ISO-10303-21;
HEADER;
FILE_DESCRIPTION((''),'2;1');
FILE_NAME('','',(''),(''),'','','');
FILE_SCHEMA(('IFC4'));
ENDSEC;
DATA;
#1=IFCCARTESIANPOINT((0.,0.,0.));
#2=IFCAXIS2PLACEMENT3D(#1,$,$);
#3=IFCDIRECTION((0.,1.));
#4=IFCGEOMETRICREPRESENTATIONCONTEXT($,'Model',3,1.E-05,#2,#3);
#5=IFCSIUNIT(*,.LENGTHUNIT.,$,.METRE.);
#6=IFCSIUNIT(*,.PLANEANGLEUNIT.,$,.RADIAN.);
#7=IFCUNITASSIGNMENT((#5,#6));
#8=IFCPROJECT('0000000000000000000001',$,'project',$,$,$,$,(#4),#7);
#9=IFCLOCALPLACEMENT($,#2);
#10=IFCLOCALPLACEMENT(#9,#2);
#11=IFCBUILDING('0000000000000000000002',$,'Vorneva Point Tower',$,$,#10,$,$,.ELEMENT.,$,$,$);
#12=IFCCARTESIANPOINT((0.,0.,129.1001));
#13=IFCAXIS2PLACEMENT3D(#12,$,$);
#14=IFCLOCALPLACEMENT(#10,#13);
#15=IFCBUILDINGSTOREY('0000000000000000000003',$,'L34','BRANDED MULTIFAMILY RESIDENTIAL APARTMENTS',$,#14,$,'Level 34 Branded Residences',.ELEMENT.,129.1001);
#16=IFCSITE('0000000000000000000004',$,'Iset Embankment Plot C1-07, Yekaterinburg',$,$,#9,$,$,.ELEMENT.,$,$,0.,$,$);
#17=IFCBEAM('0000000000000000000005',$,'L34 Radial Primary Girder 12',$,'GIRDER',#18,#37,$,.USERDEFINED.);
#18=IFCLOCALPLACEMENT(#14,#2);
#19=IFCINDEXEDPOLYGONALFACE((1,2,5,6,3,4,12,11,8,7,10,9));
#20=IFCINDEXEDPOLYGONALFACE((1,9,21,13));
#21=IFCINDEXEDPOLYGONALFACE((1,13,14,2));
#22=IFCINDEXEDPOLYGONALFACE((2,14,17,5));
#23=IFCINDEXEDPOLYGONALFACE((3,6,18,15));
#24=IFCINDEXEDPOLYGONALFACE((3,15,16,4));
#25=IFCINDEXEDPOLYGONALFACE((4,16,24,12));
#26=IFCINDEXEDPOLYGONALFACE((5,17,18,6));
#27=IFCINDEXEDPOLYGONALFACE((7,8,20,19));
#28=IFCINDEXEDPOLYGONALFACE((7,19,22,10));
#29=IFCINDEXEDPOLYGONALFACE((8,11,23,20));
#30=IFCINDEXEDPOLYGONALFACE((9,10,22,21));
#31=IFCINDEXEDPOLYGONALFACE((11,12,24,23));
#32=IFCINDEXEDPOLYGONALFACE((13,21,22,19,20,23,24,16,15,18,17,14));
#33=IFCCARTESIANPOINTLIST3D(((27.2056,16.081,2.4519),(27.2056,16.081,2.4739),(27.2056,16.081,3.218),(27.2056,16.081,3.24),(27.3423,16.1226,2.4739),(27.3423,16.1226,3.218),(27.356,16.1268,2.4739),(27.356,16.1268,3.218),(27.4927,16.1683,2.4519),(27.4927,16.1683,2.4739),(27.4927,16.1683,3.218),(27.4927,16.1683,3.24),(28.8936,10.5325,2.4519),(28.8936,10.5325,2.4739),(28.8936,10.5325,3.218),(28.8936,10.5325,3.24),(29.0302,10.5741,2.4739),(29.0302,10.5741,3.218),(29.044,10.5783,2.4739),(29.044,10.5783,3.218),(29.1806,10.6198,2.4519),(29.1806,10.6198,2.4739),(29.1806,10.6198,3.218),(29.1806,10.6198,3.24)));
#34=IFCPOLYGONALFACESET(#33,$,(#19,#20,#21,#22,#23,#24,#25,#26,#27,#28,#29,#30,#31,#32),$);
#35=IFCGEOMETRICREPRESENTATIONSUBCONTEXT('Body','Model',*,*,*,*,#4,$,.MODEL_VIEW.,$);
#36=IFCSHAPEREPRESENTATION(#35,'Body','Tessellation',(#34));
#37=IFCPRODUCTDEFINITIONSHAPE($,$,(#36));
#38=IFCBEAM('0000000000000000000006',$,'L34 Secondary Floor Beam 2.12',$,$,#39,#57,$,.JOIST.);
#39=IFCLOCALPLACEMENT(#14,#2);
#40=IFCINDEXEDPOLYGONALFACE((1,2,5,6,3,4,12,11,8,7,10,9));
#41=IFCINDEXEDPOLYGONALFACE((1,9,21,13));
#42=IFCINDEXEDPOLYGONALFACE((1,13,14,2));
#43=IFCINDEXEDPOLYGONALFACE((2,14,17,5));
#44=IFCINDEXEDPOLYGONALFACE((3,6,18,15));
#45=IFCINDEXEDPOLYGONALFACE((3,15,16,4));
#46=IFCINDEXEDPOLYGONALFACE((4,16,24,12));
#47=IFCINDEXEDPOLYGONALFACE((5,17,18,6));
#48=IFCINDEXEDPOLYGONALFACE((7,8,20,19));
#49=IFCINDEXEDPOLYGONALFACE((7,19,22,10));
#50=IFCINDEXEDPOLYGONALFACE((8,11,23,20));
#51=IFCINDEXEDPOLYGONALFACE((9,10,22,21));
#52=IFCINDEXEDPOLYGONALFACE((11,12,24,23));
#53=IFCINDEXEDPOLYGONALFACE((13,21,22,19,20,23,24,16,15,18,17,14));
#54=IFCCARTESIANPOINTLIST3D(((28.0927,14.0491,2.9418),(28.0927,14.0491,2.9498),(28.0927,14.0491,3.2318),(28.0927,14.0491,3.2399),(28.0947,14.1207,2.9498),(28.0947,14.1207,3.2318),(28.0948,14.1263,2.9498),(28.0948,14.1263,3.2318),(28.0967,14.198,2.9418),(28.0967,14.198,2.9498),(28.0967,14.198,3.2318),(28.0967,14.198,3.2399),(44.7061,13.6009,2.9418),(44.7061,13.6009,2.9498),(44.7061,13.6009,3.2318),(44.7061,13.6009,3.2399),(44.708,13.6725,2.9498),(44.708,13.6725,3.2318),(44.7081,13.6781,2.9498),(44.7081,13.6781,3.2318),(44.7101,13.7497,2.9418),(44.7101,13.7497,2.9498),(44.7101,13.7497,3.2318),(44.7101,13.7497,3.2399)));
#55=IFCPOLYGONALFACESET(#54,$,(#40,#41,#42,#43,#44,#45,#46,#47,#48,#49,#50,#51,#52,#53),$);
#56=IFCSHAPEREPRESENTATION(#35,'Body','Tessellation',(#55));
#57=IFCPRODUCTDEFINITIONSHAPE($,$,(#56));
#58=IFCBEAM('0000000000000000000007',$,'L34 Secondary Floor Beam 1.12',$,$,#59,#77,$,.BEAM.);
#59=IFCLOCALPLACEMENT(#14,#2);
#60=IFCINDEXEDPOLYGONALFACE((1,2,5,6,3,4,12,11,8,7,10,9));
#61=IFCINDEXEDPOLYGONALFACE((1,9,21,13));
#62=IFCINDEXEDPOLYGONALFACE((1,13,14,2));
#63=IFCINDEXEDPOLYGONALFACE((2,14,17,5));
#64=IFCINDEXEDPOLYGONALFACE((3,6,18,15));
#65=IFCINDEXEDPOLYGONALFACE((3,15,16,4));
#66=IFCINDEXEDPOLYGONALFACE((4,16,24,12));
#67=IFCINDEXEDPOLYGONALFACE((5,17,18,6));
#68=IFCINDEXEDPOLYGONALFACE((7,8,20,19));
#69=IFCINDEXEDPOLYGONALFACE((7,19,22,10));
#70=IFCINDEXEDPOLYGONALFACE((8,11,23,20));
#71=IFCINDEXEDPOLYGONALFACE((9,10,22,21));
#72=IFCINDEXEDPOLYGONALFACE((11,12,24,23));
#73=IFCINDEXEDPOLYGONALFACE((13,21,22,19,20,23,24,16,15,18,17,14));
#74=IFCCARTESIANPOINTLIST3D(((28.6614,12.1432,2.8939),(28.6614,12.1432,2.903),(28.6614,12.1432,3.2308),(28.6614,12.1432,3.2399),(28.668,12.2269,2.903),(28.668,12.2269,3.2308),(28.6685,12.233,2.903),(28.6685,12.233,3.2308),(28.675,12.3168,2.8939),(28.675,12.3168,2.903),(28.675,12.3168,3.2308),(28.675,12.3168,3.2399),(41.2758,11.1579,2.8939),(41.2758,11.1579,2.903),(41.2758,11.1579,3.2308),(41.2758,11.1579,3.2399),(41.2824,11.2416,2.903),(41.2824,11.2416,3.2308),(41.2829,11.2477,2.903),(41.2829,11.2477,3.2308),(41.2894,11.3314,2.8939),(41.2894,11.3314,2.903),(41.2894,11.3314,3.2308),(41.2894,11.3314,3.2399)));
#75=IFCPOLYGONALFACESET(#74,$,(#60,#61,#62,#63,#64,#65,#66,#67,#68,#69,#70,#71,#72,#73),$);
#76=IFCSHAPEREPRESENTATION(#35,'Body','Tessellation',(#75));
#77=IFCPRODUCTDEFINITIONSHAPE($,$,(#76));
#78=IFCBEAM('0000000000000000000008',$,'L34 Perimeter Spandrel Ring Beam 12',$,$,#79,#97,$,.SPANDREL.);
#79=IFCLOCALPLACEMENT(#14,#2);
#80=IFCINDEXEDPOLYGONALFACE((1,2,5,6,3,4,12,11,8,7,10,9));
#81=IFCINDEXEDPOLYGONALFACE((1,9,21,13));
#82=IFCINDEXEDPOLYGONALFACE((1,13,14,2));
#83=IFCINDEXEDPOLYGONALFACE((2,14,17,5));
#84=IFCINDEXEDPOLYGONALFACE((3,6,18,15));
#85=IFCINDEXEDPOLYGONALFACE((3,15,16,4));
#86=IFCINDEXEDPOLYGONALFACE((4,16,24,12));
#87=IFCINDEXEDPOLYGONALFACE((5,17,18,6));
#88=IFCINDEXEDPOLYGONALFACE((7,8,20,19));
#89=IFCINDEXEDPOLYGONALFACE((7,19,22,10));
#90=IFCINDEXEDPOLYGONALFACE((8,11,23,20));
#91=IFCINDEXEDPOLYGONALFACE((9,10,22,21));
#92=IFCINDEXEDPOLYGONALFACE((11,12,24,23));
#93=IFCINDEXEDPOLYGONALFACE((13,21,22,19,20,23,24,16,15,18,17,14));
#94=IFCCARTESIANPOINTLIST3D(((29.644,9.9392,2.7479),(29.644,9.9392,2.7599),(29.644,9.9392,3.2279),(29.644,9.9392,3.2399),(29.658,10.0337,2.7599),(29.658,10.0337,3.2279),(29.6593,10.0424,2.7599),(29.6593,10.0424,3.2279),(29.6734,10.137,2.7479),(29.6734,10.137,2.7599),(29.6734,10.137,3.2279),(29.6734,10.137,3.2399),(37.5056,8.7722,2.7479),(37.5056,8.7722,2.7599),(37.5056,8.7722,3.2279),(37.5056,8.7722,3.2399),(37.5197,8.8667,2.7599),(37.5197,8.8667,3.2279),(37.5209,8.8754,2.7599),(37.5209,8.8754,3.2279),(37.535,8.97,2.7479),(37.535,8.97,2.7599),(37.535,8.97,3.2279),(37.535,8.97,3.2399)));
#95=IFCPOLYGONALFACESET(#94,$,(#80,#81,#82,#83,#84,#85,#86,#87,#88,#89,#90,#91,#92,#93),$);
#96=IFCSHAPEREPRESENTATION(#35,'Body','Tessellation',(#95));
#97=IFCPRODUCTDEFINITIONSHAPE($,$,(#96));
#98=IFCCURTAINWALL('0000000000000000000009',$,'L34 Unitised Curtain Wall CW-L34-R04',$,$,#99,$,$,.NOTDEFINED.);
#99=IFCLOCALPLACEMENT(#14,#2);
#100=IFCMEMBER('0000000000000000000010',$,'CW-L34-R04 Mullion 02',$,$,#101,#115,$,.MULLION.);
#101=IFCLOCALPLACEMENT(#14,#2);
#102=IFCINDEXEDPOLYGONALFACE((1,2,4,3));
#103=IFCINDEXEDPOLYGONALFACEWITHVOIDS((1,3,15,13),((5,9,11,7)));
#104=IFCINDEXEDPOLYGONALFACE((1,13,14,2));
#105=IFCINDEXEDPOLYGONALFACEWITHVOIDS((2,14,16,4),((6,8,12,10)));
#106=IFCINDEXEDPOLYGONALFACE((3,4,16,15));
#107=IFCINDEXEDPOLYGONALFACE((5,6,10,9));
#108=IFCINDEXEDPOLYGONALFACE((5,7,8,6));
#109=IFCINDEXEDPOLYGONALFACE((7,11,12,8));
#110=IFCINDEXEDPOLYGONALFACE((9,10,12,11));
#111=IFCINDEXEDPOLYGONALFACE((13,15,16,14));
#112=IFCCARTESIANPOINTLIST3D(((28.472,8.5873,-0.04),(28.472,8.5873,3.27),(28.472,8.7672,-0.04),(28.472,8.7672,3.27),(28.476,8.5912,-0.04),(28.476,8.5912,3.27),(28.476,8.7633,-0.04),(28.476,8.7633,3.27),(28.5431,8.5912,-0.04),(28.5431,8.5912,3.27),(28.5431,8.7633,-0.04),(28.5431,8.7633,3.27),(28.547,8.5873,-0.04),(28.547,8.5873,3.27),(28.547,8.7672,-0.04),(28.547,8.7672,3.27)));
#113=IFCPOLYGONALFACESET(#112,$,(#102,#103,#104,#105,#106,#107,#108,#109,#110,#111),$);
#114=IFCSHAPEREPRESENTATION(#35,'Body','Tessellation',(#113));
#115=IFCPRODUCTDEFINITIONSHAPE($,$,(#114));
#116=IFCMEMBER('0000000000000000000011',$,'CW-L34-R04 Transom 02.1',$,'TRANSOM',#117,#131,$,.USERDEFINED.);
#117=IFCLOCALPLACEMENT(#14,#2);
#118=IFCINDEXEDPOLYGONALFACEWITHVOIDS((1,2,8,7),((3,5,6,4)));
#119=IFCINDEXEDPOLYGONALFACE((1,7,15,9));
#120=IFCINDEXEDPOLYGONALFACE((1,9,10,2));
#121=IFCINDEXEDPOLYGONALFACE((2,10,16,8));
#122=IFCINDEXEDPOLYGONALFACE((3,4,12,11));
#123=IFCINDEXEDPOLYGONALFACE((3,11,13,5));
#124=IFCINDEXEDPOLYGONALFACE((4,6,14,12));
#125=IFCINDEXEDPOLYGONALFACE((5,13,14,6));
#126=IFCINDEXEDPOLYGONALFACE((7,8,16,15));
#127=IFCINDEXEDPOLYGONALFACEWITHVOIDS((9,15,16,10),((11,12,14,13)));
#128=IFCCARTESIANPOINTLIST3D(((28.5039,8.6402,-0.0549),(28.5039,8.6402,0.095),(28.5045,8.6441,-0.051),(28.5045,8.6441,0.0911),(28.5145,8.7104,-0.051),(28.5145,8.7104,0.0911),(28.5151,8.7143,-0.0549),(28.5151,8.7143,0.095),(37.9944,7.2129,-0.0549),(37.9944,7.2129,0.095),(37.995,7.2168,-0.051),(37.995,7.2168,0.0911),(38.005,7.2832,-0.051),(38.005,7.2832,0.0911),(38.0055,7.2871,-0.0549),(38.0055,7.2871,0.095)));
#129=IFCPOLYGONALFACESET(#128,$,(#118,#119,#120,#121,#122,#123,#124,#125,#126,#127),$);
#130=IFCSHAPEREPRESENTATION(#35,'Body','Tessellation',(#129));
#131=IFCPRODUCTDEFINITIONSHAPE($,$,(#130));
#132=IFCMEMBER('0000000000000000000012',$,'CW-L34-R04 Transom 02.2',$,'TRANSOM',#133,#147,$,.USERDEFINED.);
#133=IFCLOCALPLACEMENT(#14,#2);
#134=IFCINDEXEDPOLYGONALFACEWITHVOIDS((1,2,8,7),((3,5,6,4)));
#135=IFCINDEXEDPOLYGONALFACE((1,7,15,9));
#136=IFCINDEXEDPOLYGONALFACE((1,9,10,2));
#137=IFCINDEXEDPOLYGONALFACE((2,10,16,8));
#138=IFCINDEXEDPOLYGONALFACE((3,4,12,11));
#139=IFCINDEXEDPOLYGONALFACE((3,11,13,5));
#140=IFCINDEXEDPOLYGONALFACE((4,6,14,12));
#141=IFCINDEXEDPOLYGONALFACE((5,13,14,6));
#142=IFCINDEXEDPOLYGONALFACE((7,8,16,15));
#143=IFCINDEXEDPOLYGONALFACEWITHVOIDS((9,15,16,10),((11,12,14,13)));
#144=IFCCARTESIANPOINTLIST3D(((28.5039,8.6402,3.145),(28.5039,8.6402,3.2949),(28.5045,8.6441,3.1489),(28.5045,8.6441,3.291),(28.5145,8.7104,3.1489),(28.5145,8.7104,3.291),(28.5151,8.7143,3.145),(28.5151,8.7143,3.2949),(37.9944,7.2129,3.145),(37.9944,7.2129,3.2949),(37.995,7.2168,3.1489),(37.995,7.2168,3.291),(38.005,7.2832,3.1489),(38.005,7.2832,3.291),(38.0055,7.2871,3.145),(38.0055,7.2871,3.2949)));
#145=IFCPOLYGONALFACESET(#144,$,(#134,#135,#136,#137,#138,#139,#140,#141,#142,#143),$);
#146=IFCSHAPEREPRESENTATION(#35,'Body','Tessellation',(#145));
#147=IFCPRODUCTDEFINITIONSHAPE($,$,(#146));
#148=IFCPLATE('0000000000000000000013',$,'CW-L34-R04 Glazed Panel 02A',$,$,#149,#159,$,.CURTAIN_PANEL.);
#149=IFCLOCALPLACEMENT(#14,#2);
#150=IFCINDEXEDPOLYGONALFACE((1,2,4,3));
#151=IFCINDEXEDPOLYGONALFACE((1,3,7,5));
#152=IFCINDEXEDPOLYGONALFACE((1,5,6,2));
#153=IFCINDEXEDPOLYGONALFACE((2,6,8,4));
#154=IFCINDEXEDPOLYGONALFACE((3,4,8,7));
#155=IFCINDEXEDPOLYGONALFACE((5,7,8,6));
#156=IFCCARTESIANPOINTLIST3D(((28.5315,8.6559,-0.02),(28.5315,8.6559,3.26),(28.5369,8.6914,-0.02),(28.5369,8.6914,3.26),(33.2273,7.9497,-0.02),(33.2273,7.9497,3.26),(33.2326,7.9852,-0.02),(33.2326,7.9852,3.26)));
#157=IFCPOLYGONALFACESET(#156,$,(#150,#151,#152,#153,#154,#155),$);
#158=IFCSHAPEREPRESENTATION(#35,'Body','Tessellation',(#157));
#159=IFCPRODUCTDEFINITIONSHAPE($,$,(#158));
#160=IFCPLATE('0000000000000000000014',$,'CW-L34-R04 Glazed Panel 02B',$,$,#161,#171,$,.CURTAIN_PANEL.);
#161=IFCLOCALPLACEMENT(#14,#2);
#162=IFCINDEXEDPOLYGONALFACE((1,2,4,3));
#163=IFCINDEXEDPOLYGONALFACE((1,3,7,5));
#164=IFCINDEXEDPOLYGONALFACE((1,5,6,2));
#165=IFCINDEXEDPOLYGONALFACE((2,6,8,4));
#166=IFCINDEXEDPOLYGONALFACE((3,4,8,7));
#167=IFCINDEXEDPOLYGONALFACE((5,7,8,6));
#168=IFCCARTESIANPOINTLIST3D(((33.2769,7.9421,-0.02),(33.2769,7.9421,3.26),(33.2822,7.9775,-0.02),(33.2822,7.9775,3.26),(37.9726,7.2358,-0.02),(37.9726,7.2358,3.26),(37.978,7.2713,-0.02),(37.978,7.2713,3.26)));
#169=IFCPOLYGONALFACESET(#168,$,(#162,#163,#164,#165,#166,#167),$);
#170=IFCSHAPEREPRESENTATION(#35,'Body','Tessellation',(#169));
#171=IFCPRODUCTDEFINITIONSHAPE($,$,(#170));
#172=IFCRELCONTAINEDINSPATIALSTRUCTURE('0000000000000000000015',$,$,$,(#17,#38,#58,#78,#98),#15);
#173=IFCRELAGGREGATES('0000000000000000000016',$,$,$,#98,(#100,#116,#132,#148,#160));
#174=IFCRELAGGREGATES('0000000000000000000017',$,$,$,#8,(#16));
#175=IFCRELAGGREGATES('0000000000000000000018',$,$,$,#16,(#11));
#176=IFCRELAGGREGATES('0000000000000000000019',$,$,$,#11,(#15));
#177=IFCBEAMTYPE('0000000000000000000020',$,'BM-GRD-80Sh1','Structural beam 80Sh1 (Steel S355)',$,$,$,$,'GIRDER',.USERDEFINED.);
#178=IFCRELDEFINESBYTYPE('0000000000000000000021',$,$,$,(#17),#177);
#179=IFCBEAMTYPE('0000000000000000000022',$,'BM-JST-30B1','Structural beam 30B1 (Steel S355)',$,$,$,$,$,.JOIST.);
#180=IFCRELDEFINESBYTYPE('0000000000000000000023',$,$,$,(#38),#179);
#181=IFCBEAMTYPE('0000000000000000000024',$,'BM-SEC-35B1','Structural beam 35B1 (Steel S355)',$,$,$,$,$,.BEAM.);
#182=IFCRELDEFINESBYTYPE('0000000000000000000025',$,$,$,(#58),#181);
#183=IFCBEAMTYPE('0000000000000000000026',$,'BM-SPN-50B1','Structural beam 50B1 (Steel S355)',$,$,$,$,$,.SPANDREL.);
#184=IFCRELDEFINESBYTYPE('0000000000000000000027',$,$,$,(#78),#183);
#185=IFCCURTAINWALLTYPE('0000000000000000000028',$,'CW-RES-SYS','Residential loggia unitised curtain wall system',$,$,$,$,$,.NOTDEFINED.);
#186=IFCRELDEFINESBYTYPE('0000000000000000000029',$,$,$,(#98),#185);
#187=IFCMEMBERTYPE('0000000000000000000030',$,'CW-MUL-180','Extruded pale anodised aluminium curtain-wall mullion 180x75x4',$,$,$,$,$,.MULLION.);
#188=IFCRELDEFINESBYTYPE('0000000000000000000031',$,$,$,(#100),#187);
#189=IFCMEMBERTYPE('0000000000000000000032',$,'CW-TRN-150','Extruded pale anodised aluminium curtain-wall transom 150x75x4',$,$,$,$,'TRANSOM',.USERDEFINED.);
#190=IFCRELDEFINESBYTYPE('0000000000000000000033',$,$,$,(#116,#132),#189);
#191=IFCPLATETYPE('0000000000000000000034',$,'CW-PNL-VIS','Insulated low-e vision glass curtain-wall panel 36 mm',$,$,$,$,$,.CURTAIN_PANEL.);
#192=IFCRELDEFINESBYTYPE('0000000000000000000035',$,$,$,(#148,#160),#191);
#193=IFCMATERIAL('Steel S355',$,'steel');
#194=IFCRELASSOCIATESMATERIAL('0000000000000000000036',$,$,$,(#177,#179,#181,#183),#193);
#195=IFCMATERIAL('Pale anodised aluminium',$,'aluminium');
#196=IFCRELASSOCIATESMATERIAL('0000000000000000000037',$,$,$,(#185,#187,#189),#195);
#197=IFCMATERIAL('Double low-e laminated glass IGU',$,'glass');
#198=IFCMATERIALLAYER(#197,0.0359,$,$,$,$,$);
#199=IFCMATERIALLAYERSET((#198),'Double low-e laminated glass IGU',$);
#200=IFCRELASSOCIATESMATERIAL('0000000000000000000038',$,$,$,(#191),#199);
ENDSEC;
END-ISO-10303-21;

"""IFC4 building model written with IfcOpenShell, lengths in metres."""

from ifc_helpers import new_model, si_unit, direction, frame, origin, origin_2d, place, context, subcontext, project, spatial, rectangle, hollow_rectangle, i_section, extrude, material, layer, layer_set, material_profile, profile_set, type_object, element, aggregate, save


model = new_model("IFC4")

# Units and contexts
model_context = context("Model", 3, precision=1e-05, world=origin(), true_north=direction((0.0, 1.0)))
body_context = subcontext(model_context, "Body", "Model", "MODEL_VIEW")
ifc_project = project(units=[si_unit("LENGTHUNIT", "METRE"), si_unit("PLANEANGLEUNIT", "RADIAN")], contexts=[model_context])

# Site, building, storey
site_placement = place(None, origin())
site = spatial("IfcSite", under=ifc_project, at=site_placement, Name="Iset Embankment Plot C1-07, Yekaterinburg", CompositionType="ELEMENT", RefElevation=0.0)
building_placement = place(site_placement, origin())
building = spatial("IfcBuilding", under=site, at=building_placement, Name="Vorneva Point Tower", CompositionType="ELEMENT")
storey_placement = place(building_placement, frame((0.0, 0.0, 129.1001)))
storey = spatial("IfcBuildingStorey", under=building, at=storey_placement, Name="L34", Description="BRANDED MULTIFAMILY RESIDENTIAL APARTMENTS", LongName="Level 34 Branded Residences", CompositionType="ELEMENT", Elevation=129.1001)

# Beams
ifc_material_1 = material(Name="Steel S355", Category="steel")
ifc_material_profile_1 = material_profile(ifc_material_1, i_section(OverallWidth=0.3, OverallDepth=0.7881, WebThickness=0.0144, FlangeThickness=0.022, at=origin_2d()), Name="80Sh1")
ifc_profile_set_1 = profile_set([ifc_material_profile_1], Name="Steel S355")
beam_type_1 = type_object("IfcBeamType", Name="BM-GRD-80Sh1", Description="Structural beam 80Sh1 (Steel S355)", ElementType="GIRDER", PredefinedType="USERDEFINED", material=ifc_profile_set_1)
beam_1_placement = place(storey_placement, frame((29.0371, 10.5762, 2.8459), z_axis=(-0.291049, 0.956708, 0.0), x_axis=(-0.956708, -0.291049, 0.0)))
element("IfcBeam", 1, at=beam_1_placement, inside=storey, type_object=beam_type_1, Name="L34 Radial Primary Girder 12", ObjectType="GIRDER", PredefinedType="USERDEFINED", context=body_context, shape_type="SweptSolid", body=[
    extrude(i_section(OverallWidth=0.3, OverallDepth=0.7881, WebThickness=0.0144, FlangeThickness=0.022, at=origin_2d()), origin(), (0.0, 0.0, 1.0), 5.7996),
])
ifc_material_profile_2 = material_profile(ifc_material_1, i_section(OverallWidth=0.1489, OverallDepth=0.2981, WebThickness=0.0056, FlangeThickness=0.0081, at=origin_2d()), Name="30B1")
ifc_profile_set_2 = profile_set([ifc_material_profile_2], Name="Steel S355")
beam_type_2 = type_object("IfcBeamType", Name="BM-JST-30B1", Description="Structural beam 30B1 (Steel S355)", PredefinedType="JOIST", material=ifc_profile_set_2)
beam_2_placement = place(storey_placement, frame((28.0947, 14.1235, 3.0908), z_axis=(0.999636, -0.026971, 0.0), x_axis=(0.026971, 0.999636, 0.0)))
element("IfcBeam", 2, at=beam_2_placement, inside=storey, type_object=beam_type_2, Name="L34 Secondary Floor Beam 2.12", PredefinedType="JOIST", context=body_context, shape_type="SweptSolid", body=[
    extrude(i_section(OverallWidth=0.1489, OverallDepth=0.2981, WebThickness=0.0056, FlangeThickness=0.0081, at=origin_2d()), origin(), (0.0, 0.0, 1.0), 16.6194),
])
ifc_material_profile_3 = material_profile(ifc_material_1, i_section(OverallWidth=0.1741, OverallDepth=0.3459, WebThickness=0.0061, FlangeThickness=0.009, at=origin_2d()), Name="35B1")
ifc_profile_set_3 = profile_set([ifc_material_profile_3], Name="Steel S355")
beam_type_3 = type_object("IfcBeamType", Name="BM-SEC-35B1", Description="Structural beam 35B1 (Steel S355)", PredefinedType="BEAM", material=ifc_profile_set_3)
beam_3_placement = place(storey_placement, frame((28.6682, 12.23, 3.0669), z_axis=(0.996963, -0.077875, 0.0), x_axis=(0.077875, 0.996963, 0.0)))
element("IfcBeam", 3, at=beam_3_placement, inside=storey, type_object=beam_type_3, Name="L34 Secondary Floor Beam 1.12", PredefinedType="BEAM", context=body_context, shape_type="SweptSolid", body=[
    extrude(i_section(OverallWidth=0.1741, OverallDepth=0.3459, WebThickness=0.0061, FlangeThickness=0.009, at=origin_2d()), origin(), (0.0, 0.0, 1.0), 12.6528),
])
ifc_material_profile_4 = material_profile(ifc_material_1, i_section(OverallWidth=0.2, OverallDepth=0.4919, WebThickness=0.0088, FlangeThickness=0.012, at=origin_2d()), Name="50B1")
ifc_profile_set_4 = profile_set([ifc_material_profile_4], Name="Steel S355")
beam_type_4 = type_object("IfcBeamType", Name="BM-SPN-50B1", Description="Structural beam 50B1 (Steel S355)", PredefinedType="SPANDREL", material=ifc_profile_set_4)
beam_4_placement = place(storey_placement, frame((29.6587, 10.0381, 2.9939), z_axis=(0.989161, -0.146834, 0.0), x_axis=(0.146834, 0.989161, 0.0)))
element("IfcBeam", 4, at=beam_4_placement, inside=storey, type_object=beam_type_4, Name="L34 Perimeter Spandrel Ring Beam 12", PredefinedType="SPANDREL", context=body_context, shape_type="SweptSolid", body=[
    extrude(i_section(OverallWidth=0.2, OverallDepth=0.4919, WebThickness=0.0088, FlangeThickness=0.012, at=origin_2d()), origin(), (0.0, 0.0, 1.0), 7.9478),
])

# Curtain wall, members, plates
ifc_material_2 = material(Name="Pale anodised aluminium", Category="aluminium")
curtain_wall_type = type_object("IfcCurtainWallType", Name="CW-RES-SYS", Description="Residential loggia unitised curtain wall system", PredefinedType="NOTDEFINED", material=ifc_material_2)
curtain_wall_placement = place(storey_placement, origin())
curtain_wall = element("IfcCurtainWall", 5, at=curtain_wall_placement, inside=storey, type_object=curtain_wall_type, Name="L34 Unitised Curtain Wall CW-L34-R04", PredefinedType="NOTDEFINED")
ifc_material_profile_5 = material_profile(ifc_material_2, hollow_rectangle(XDim=0.075, YDim=0.1799, WallThickness=0.0039, at=origin_2d()), Name="AL-MUL 180x75x4")
ifc_profile_set_5 = profile_set([ifc_material_profile_5], Name="Pale anodised aluminium")
member_type_1 = type_object("IfcMemberType", Name="CW-MUL-180", Description="Extruded pale anodised aluminium curtain-wall mullion 180x75x4", PredefinedType="MULLION", material=ifc_profile_set_5)
member_1_placement = place(storey_placement, frame((28.5095, 8.6772, -0.04), z_axis=(0.0, 0.0, 1.0), x_axis=(1.0, 0.0, 0.0)))
member_1 = element("IfcMember", 6, at=member_1_placement, type_object=member_type_1, Name="CW-L34-R04 Mullion 02", PredefinedType="MULLION", context=body_context, shape_type="SweptSolid", body=[
    extrude(hollow_rectangle(XDim=0.075, YDim=0.1799, WallThickness=0.0039, at=origin_2d()), origin(), (0.0, 0.0, 1.0), 3.3101),
])
ifc_material_profile_6 = material_profile(ifc_material_2, hollow_rectangle(XDim=0.075, YDim=0.1499, WallThickness=0.0039, at=origin_2d()), Name="AL-TRN 150x75x4")
ifc_profile_set_6 = profile_set([ifc_material_profile_6], Name="Pale anodised aluminium")
member_type_2 = type_object("IfcMemberType", Name="CW-TRN-150", Description="Extruded pale anodised aluminium curtain-wall transom 150x75x4", ElementType="TRANSOM", PredefinedType="USERDEFINED", material=ifc_profile_set_6)
member_2_placement = place(storey_placement, frame((28.5095, 8.6772, 0.02), z_axis=(0.98888, -0.148715, 0.0), x_axis=(0.148715, 0.98888, 0.0)))
member_2 = element("IfcMember", 7, at=member_2_placement, type_object=member_type_2, Name="CW-L34-R04 Transom 02.1", ObjectType="TRANSOM", PredefinedType="USERDEFINED", context=body_context, shape_type="SweptSolid", body=[
    extrude(hollow_rectangle(XDim=0.075, YDim=0.1499, WallThickness=0.0039, at=origin_2d()), origin(), (0.0, 0.0, 1.0), 9.5972),
])
member_3_placement = place(storey_placement, frame((28.5095, 8.6772, 3.22), z_axis=(0.98888, -0.148715, 0.0), x_axis=(0.148715, 0.98888, 0.0)))
member_3 = element("IfcMember", 8, at=member_3_placement, type_object=member_type_2, Name="CW-L34-R04 Transom 02.2", ObjectType="TRANSOM", PredefinedType="USERDEFINED", context=body_context, shape_type="SweptSolid", body=[
    extrude(hollow_rectangle(XDim=0.075, YDim=0.1499, WallThickness=0.0039, at=origin_2d()), origin(), (0.0, 0.0, 1.0), 9.5972),
])
ifc_material_3 = material(Name="Double low-e laminated glass IGU", Category="glass")
ifc_layer_1 = layer(ifc_material_3, 0.0359)
ifc_layer_set_1 = layer_set([ifc_layer_1], Name="Double low-e laminated glass IGU")
plate_type = type_object("IfcPlateType", Name="CW-PNL-VIS", Description="Insulated low-e vision glass curtain-wall panel 36 mm", PredefinedType="CURTAIN_PANEL", material=ifc_layer_set_1)
plate_1_placement = place(storey_placement, frame((30.8821, 8.3206, -0.02), z_axis=(0.0, 0.0, 1.0), x_axis=(0.988879, -0.148724, 0.0)))
plate_1 = element("IfcPlate", 9, at=plate_1_placement, type_object=plate_type, Name="CW-L34-R04 Glazed Panel 02A", PredefinedType="CURTAIN_PANEL", context=body_context, shape_type="SweptSolid", body=[
    extrude(rectangle(XDim=4.7485, YDim=0.0359, at=origin_2d()), origin(), (0.0, 0.0, 1.0), 3.28),
])
plate_2_placement = place(storey_placement, frame((35.6274, 7.6067, -0.02), z_axis=(0.0, 0.0, 1.0), x_axis=(0.988879, -0.148724, 0.0)))
plate_2 = element("IfcPlate", 10, at=plate_2_placement, type_object=plate_type, Name="CW-L34-R04 Glazed Panel 02B", PredefinedType="CURTAIN_PANEL", context=body_context, shape_type="SweptSolid", body=[
    extrude(rectangle(XDim=4.7485, YDim=0.0359, at=origin_2d()), origin(), (0.0, 0.0, 1.0), 3.28),
])
aggregate(curtain_wall, [member_1, member_2, member_3, plate_1, plate_2])

save(model, "model.ifc")
